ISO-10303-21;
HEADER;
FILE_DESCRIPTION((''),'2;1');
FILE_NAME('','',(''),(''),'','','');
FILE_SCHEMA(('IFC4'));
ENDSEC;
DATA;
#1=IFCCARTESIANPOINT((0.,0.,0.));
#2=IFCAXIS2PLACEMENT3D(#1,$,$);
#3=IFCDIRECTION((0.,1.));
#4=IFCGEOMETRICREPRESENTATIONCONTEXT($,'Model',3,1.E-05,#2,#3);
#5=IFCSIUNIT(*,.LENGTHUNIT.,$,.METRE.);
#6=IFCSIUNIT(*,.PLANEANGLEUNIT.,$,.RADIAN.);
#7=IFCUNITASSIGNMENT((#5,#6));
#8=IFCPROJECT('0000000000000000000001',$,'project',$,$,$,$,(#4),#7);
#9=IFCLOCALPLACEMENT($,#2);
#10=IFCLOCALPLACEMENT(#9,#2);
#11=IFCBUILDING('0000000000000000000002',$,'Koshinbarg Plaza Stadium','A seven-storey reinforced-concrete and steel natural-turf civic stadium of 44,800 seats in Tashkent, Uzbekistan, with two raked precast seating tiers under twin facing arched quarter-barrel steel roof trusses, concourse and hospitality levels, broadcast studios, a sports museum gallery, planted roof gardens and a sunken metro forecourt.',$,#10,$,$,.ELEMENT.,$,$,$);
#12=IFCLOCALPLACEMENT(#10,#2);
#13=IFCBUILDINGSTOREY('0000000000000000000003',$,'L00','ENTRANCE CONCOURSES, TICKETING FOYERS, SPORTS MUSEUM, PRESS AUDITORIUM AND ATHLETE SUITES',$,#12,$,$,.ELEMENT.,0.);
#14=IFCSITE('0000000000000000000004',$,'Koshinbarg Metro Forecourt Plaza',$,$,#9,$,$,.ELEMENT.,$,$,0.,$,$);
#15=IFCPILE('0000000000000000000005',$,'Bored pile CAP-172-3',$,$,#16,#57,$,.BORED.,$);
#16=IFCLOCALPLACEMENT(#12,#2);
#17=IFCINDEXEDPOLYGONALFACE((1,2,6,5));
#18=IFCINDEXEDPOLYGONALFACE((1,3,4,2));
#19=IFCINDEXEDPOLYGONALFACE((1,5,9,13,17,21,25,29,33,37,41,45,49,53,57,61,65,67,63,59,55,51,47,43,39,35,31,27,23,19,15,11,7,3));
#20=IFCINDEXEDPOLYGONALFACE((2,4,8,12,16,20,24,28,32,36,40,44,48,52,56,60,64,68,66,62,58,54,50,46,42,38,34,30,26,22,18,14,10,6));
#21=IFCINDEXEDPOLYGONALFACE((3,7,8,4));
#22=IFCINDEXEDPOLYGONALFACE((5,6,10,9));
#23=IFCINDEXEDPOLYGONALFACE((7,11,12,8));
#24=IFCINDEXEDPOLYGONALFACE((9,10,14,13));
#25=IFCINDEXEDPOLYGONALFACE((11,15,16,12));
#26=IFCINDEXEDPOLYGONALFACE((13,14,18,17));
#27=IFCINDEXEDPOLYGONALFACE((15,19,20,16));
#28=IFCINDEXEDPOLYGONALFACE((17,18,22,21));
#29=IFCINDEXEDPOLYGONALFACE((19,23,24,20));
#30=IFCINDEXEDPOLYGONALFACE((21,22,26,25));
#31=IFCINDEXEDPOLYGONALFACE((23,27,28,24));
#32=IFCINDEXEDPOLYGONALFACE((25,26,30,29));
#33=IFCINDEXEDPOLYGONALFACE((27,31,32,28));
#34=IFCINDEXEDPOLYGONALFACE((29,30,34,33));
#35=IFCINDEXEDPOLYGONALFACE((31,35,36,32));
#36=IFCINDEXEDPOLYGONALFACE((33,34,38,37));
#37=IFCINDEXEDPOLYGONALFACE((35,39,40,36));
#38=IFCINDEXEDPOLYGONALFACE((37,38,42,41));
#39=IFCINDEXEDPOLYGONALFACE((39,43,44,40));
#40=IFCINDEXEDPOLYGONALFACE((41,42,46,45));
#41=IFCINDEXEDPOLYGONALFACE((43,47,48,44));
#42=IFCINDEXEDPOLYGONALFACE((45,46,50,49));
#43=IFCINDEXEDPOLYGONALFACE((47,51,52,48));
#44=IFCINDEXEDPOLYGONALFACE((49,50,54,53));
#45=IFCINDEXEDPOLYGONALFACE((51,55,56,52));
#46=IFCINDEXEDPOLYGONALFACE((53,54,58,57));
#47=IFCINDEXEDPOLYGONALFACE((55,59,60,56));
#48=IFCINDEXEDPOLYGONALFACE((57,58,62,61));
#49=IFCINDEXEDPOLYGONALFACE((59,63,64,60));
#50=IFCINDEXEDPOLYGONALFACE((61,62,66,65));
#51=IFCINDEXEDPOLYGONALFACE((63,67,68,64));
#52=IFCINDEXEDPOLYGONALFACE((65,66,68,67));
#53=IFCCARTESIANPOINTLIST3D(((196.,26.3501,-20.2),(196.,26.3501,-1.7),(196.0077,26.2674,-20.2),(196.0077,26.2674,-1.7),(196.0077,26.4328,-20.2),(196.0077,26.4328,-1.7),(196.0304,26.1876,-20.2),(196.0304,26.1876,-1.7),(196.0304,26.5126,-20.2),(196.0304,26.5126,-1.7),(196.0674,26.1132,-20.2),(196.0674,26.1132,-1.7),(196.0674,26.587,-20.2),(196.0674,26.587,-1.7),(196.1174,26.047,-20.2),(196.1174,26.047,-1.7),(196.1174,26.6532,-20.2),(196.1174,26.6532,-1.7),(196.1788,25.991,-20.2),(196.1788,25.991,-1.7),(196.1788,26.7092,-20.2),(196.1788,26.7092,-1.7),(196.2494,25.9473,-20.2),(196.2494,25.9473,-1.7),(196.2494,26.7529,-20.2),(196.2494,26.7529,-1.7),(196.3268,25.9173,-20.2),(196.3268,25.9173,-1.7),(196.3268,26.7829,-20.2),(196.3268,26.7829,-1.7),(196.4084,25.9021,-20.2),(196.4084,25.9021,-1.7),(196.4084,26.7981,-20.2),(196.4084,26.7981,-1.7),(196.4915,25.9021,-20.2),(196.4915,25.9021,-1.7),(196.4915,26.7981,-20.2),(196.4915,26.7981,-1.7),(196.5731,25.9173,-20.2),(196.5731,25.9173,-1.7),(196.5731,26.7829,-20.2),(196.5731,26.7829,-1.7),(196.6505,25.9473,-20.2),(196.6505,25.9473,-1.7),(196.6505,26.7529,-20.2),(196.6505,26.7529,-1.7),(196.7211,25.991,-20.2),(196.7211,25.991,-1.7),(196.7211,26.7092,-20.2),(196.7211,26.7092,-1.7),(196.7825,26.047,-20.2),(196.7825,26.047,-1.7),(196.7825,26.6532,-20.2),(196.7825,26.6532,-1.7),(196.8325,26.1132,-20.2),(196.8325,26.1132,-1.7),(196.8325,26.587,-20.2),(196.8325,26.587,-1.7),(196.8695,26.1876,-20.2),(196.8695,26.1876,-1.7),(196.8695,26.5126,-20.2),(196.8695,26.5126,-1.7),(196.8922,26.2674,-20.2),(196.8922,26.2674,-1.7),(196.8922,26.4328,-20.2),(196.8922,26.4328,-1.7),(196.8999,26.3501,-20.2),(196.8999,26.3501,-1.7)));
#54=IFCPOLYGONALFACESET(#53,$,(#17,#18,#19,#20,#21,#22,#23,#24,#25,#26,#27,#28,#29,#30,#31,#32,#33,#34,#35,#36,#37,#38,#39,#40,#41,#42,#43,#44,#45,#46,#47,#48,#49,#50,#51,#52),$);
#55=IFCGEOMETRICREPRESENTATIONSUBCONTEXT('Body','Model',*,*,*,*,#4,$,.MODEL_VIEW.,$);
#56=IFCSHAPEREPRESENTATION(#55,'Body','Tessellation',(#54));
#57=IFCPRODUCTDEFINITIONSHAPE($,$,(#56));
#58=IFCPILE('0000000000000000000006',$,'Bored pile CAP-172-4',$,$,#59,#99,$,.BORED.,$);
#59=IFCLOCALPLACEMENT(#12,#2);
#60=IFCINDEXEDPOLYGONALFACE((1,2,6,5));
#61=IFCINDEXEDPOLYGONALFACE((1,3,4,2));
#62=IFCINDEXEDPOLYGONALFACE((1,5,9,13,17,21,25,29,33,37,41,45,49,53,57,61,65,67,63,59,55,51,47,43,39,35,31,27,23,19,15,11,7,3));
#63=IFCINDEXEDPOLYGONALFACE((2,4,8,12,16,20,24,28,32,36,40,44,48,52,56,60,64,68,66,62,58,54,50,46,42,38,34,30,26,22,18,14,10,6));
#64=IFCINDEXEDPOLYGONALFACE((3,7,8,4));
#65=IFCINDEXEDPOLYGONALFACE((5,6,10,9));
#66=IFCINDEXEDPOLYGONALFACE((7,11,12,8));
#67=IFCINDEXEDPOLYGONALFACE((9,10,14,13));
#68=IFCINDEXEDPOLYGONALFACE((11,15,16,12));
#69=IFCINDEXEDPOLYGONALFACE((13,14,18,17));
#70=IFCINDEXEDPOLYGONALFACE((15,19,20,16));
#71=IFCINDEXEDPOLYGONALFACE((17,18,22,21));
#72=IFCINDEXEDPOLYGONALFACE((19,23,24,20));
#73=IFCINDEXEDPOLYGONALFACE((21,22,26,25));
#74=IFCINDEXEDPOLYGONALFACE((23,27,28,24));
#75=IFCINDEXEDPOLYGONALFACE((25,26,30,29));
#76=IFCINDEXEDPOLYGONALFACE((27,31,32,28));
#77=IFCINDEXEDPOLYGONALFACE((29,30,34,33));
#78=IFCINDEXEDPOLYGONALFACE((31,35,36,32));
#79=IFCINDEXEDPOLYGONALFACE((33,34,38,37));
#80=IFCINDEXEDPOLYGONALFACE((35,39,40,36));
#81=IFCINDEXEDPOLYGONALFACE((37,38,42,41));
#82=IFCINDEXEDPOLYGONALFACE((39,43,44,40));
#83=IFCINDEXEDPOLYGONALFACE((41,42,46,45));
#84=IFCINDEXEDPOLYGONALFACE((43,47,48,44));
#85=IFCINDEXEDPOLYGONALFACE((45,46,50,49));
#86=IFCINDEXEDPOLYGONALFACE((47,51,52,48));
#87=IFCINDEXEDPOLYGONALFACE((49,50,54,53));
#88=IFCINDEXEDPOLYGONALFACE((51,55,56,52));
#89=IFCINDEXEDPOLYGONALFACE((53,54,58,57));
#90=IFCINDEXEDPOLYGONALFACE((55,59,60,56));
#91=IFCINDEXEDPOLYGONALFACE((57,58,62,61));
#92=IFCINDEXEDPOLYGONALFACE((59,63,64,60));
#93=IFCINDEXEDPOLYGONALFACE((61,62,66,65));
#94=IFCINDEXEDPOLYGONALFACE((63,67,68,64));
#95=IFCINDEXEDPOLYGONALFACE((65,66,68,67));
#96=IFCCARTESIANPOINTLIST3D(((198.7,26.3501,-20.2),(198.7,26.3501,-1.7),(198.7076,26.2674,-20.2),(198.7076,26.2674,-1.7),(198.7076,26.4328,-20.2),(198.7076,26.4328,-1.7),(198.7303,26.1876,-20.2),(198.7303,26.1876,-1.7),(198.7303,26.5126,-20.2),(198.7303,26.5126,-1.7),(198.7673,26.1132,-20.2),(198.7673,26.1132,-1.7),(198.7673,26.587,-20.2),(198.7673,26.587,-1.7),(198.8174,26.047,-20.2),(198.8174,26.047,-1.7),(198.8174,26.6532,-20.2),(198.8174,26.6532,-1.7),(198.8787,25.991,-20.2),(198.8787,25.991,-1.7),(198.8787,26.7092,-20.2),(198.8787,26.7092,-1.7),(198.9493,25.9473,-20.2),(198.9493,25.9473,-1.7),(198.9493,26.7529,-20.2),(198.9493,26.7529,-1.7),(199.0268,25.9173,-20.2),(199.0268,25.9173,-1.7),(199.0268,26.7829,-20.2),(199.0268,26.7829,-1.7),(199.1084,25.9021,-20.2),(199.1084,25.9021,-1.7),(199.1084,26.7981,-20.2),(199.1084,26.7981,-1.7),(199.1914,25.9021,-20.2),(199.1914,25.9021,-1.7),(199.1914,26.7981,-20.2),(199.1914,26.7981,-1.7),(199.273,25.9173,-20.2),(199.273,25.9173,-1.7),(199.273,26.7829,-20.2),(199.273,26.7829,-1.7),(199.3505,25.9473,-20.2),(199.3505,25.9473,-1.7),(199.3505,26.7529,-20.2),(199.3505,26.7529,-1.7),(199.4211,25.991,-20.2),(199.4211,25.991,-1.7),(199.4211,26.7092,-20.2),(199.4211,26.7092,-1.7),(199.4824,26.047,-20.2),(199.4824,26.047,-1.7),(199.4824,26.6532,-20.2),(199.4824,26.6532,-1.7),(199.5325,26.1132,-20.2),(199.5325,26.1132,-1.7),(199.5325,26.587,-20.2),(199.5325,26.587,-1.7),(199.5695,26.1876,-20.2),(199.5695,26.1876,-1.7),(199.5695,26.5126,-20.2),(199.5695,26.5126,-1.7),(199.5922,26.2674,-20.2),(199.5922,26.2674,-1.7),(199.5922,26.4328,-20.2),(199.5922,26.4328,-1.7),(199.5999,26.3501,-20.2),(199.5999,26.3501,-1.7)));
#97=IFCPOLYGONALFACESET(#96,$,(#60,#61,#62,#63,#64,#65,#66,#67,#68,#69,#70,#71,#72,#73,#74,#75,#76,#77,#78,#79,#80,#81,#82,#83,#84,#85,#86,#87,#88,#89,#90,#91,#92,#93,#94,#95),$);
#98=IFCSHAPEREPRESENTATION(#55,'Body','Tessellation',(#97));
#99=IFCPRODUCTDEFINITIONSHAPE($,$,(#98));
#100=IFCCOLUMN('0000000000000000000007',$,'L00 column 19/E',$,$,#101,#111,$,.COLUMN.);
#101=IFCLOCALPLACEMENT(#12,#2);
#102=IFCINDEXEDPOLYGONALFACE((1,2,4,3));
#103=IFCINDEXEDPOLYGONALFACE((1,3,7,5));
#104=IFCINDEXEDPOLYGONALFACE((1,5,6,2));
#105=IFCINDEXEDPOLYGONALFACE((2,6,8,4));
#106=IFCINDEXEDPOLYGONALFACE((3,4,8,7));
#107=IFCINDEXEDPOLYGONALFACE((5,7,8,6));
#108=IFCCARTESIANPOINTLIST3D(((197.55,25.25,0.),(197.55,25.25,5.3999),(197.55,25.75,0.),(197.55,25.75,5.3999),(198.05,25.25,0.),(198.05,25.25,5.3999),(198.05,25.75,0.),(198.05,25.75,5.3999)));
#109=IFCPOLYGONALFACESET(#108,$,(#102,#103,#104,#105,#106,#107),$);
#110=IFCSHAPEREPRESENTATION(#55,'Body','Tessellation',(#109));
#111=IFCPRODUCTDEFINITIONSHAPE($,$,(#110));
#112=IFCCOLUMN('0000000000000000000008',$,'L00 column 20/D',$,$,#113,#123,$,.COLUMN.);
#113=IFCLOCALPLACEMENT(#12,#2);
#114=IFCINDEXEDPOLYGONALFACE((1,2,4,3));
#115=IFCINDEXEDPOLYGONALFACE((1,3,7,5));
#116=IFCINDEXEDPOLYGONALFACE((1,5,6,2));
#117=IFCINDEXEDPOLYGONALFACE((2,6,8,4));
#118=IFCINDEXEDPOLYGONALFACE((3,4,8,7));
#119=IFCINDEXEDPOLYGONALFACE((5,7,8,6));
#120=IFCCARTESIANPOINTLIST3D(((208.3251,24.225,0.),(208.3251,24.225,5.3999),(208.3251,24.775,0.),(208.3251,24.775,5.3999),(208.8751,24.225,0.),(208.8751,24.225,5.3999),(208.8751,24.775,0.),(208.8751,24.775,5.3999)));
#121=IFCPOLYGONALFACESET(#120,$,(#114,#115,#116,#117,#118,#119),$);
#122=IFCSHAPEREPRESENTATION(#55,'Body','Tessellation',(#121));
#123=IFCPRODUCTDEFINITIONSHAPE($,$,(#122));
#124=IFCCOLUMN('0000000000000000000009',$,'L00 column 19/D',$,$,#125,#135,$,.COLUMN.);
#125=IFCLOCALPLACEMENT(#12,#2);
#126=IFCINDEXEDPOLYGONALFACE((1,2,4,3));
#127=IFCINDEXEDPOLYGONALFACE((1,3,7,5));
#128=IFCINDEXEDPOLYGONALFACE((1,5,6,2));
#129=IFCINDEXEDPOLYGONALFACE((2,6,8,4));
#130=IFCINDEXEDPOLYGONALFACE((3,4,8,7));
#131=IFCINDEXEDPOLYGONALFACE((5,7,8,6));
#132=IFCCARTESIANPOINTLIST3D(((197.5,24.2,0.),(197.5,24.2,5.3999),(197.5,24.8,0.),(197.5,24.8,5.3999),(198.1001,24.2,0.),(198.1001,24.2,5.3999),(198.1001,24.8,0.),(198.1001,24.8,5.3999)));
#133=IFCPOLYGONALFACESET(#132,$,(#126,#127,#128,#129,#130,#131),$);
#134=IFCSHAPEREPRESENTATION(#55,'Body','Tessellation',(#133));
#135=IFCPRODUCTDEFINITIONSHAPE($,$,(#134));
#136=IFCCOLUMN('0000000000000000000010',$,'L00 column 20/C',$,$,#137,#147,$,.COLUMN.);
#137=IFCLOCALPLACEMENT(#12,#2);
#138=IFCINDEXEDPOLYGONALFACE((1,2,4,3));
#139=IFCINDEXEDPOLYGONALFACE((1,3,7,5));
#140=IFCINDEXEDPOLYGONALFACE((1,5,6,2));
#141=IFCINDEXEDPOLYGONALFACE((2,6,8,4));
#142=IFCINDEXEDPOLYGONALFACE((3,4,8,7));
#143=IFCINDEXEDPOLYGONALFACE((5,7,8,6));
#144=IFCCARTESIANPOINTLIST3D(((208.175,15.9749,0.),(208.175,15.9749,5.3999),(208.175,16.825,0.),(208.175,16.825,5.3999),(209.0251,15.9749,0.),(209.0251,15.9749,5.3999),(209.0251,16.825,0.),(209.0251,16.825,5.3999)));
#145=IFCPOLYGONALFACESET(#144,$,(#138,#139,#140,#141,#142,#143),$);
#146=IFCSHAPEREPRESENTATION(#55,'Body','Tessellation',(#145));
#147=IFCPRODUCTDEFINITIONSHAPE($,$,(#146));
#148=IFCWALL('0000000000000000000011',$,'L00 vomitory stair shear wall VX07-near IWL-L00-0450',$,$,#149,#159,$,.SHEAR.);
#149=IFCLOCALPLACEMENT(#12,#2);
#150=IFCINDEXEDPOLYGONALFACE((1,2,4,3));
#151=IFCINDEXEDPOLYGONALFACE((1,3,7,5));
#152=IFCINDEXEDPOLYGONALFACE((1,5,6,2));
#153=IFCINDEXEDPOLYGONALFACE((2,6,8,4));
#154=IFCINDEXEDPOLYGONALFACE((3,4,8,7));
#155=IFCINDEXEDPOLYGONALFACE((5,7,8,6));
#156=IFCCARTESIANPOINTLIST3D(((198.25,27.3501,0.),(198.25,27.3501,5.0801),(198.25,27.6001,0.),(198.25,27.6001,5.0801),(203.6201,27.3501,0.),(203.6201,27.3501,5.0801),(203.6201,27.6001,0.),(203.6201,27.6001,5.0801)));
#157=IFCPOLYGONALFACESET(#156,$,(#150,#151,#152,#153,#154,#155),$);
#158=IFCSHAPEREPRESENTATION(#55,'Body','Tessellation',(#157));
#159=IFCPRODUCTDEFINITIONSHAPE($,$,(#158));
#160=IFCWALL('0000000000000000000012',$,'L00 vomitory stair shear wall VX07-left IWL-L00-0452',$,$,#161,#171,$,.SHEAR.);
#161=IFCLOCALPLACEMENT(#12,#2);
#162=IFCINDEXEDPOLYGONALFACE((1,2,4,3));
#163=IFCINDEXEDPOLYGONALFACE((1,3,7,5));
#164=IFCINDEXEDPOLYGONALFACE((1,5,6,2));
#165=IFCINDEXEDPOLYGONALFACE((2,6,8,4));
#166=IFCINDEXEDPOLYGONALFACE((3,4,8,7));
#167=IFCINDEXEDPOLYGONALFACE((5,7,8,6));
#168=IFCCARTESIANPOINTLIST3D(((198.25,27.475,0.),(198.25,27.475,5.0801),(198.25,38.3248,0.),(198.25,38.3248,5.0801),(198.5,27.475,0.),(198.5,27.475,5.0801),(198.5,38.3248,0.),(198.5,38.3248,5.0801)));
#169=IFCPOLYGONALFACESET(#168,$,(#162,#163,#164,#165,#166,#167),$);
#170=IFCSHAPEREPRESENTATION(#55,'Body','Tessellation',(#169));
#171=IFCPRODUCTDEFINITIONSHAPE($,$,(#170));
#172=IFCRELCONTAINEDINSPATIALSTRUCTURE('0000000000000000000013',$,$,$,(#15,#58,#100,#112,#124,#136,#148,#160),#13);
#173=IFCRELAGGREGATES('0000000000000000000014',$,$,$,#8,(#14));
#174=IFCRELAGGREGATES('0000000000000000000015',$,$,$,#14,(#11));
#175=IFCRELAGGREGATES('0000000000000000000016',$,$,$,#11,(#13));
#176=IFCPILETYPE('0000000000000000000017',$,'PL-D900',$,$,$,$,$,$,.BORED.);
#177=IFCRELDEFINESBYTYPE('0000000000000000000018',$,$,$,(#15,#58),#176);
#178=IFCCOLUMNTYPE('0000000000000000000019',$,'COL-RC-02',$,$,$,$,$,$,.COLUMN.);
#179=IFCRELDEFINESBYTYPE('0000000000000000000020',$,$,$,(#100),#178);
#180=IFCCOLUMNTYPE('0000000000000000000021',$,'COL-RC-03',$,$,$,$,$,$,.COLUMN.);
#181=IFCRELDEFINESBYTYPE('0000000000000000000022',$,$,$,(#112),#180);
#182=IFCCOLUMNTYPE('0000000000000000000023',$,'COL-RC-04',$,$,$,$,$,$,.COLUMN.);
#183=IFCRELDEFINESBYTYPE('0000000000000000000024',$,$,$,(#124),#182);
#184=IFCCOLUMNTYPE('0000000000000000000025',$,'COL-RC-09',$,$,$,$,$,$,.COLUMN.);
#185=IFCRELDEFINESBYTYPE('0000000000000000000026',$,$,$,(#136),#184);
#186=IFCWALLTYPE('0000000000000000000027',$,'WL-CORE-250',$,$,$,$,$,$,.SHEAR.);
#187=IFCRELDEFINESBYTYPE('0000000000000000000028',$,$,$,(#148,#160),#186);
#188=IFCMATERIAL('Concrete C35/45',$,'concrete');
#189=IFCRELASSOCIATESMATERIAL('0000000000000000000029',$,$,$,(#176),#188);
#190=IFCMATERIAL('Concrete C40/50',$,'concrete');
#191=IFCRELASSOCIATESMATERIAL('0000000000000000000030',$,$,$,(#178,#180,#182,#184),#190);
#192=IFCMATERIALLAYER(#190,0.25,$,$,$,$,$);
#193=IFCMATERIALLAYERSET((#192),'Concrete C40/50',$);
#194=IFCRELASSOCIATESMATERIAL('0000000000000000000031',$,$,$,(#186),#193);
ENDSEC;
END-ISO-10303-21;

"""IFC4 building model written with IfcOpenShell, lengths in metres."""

from ifc_helpers import new_model, si_unit, direction, frame, frame_2d, origin, origin_2d, place, context, subcontext, project, spatial, rectangle, circle, extrude, material, layer, layer_set, material_profile, profile_set, type_object, element, save


model = new_model("IFC4")

# Units and contexts
model_context = context("Model", 3, precision=1e-05, world=origin(), true_north=direction((0.0, 1.0)))
body_context = subcontext(model_context, "Body", "Model", "MODEL_VIEW")
ifc_project = project(units=[si_unit("LENGTHUNIT", "METRE"), si_unit("PLANEANGLEUNIT", "RADIAN")], contexts=[model_context])

# Site, building, storey
site_placement = place(None, origin())
site = spatial("IfcSite", under=ifc_project, at=site_placement, Name="Koshinbarg Metro Forecourt Plaza", CompositionType="ELEMENT", RefElevation=0.0)
building_placement = place(site_placement, origin())
building = spatial("IfcBuilding", under=site, at=building_placement, Name="Koshinbarg Plaza Stadium", Description="A seven-storey reinforced-concrete and steel natural-turf civic stadium of 44,800 seats in Tashkent, Uzbekistan, with two raked precast seating tiers under twin facing arched quarter-barrel steel roof trusses, concourse and hospitality levels, broadcast studios, a sports museum gallery, planted roof gardens and a sunken metro forecourt.", CompositionType="ELEMENT")
storey_placement = place(building_placement, origin())
storey = spatial("IfcBuildingStorey", under=building, at=storey_placement, Name="L00", Description="ENTRANCE CONCOURSES, TICKETING FOYERS, SPORTS MUSEUM, PRESS AUDITORIUM AND ATHLETE SUITES", CompositionType="ELEMENT", Elevation=0.0)

# Shared definitions
ifc_material_1 = material(Name="Concrete C35/45", Category="concrete")

# Piles
ifc_material_profile_1 = material_profile(ifc_material_1, circle(Radius=0.45, at=origin_2d()), Name="PILE D900")
ifc_profile_set_1 = profile_set([ifc_material_profile_1], Name="Concrete C35/45")
pile_type_1 = type_object("IfcPileType", Name="PL-D900", PredefinedType="BORED", material=ifc_profile_set_1)
for number, where, z_axis, x_axis, name in (
    (1, (196.45, 26.3501, -1.7), (0.0, 0.0, -1.0), (1.0, 0.0, 0.0), "Bored pile CAP-172-3"),
    (2, (199.1499, 26.3501, -1.7), (0.0, 0.0, -1.0), (1.0, 0.0, 0.0), "Bored pile CAP-172-4"),
):
    element("IfcPile", number, at=place(storey_placement, frame(where, z_axis=z_axis, x_axis=x_axis)), inside=storey, type_object=pile_type_1, Name=name, PredefinedType="BORED", context=body_context, shape_type="SweptSolid", body=[
        extrude(circle(Radius=0.45, at=origin_2d()), origin(), (0.0, 0.0, 1.0), 18.5),
    ])

# Columns
ifc_material_2 = material(Name="Concrete C40/50", Category="concrete")
ifc_material_profile_2 = material_profile(ifc_material_2, rectangle(XDim=0.5, YDim=0.5, at=origin_2d()), Name="RC 500x500")
ifc_profile_set_2 = profile_set([ifc_material_profile_2], Name="Concrete C40/50")
column_type_1 = type_object("IfcColumnType", Name="COL-RC-02", PredefinedType="COLUMN", material=ifc_profile_set_2)
column_1_placement = place(storey_placement, frame((197.8, 25.5, 0.0), z_axis=(0.0, 0.0, 1.0), x_axis=(1.0, 0.0, 0.0)))
element("IfcColumn", 3, at=column_1_placement, inside=storey, type_object=column_type_1, Name="L00 column 19/E", PredefinedType="COLUMN", context=body_context, shape_type="SweptSolid", body=[
    extrude(rectangle(XDim=0.5, YDim=0.5, at=origin_2d()), origin(), (0.0, 0.0, 1.0), 5.3999),
])
ifc_material_profile_3 = material_profile(ifc_material_2, rectangle(XDim=0.55, YDim=0.55, at=origin_2d()), Name="RC 550x550")
ifc_profile_set_3 = profile_set([ifc_material_profile_3], Name="Concrete C40/50")
column_type_2 = type_object("IfcColumnType", Name="COL-RC-03", PredefinedType="COLUMN", material=ifc_profile_set_3)
column_2_placement = place(storey_placement, frame((208.6001, 24.5, 0.0), z_axis=(0.0, 0.0, 1.0), x_axis=(1.0, 0.0, 0.0)))
element("IfcColumn", 4, at=column_2_placement, inside=storey, type_object=column_type_2, Name="L00 column 20/D", PredefinedType="COLUMN", context=body_context, shape_type="SweptSolid", body=[
    extrude(rectangle(XDim=0.55, YDim=0.55, at=origin_2d()), origin(), (0.0, 0.0, 1.0), 5.3999),
])
ifc_material_profile_4 = material_profile(ifc_material_2, rectangle(XDim=0.6001, YDim=0.6001, at=origin_2d()), Name="RC 600x600")
ifc_profile_set_4 = profile_set([ifc_material_profile_4], Name="Concrete C40/50")
column_type_3 = type_object("IfcColumnType", Name="COL-RC-04", PredefinedType="COLUMN", material=ifc_profile_set_4)
column_3_placement = place(storey_placement, frame((197.8, 24.5, 0.0), z_axis=(0.0, 0.0, 1.0), x_axis=(1.0, 0.0, 0.0)))
element("IfcColumn", 5, at=column_3_placement, inside=storey, type_object=column_type_3, Name="L00 column 19/D", PredefinedType="COLUMN", context=body_context, shape_type="SweptSolid", body=[
    extrude(rectangle(XDim=0.6001, YDim=0.6001, at=origin_2d()), origin(), (0.0, 0.0, 1.0), 5.3999),
])
ifc_material_profile_5 = material_profile(ifc_material_2, rectangle(XDim=0.8501, YDim=0.8501, at=origin_2d()), Name="RC 850x850")
ifc_profile_set_5 = profile_set([ifc_material_profile_5], Name="Concrete C40/50")
column_type_4 = type_object("IfcColumnType", Name="COL-RC-09", PredefinedType="COLUMN", material=ifc_profile_set_5)
column_4_placement = place(storey_placement, frame((208.6001, 16.3999, 0.0), z_axis=(0.0, 0.0, 1.0), x_axis=(1.0, 0.0, 0.0)))
element("IfcColumn", 6, at=column_4_placement, inside=storey, type_object=column_type_4, Name="L00 column 20/C", PredefinedType="COLUMN", context=body_context, shape_type="SweptSolid", body=[
    extrude(rectangle(XDim=0.8501, YDim=0.8501, at=origin_2d()), origin(), (0.0, 0.0, 1.0), 5.3999),
])

# Walls
ifc_layer = layer(ifc_material_2, 0.25)
ifc_layer_set = layer_set([ifc_layer], Name="Concrete C40/50")
wall_type = type_object("IfcWallType", Name="WL-CORE-250", PredefinedType="SHEAR", material=ifc_layer_set)
wall_1_placement = place(storey_placement, frame((198.25, 27.4751, 0.0), z_axis=(0.0, 0.0, 1.0), x_axis=(1.0, 0.0, 0.0)))
element("IfcWall", 7, at=wall_1_placement, inside=storey, type_object=wall_type, Name="L00 vomitory stair shear wall VX07-near IWL-L00-0450", PredefinedType="SHEAR", context=body_context, shape_type="SweptSolid", body=[
    extrude(rectangle(XDim=5.3701, YDim=0.25, at=frame_2d((2.6851, 0.0))), origin(), (0.0, 0.0, 1.0), 5.0801),
])
wall_2_placement = place(storey_placement, frame((198.375, 27.4751, 0.0), z_axis=(0.0, 0.0, 1.0), x_axis=(0.0, 1.0, 0.0)))
element("IfcWall", 8, at=wall_2_placement, inside=storey, type_object=wall_type, Name="L00 vomitory stair shear wall VX07-left IWL-L00-0452", PredefinedType="SHEAR", context=body_context, shape_type="SweptSolid", body=[
    extrude(rectangle(XDim=10.8499, YDim=0.25, at=frame_2d((5.4248, 0.0))), origin(), (0.0, 0.0, 1.0), 5.0801),
])

save(model, "model.ifc")
